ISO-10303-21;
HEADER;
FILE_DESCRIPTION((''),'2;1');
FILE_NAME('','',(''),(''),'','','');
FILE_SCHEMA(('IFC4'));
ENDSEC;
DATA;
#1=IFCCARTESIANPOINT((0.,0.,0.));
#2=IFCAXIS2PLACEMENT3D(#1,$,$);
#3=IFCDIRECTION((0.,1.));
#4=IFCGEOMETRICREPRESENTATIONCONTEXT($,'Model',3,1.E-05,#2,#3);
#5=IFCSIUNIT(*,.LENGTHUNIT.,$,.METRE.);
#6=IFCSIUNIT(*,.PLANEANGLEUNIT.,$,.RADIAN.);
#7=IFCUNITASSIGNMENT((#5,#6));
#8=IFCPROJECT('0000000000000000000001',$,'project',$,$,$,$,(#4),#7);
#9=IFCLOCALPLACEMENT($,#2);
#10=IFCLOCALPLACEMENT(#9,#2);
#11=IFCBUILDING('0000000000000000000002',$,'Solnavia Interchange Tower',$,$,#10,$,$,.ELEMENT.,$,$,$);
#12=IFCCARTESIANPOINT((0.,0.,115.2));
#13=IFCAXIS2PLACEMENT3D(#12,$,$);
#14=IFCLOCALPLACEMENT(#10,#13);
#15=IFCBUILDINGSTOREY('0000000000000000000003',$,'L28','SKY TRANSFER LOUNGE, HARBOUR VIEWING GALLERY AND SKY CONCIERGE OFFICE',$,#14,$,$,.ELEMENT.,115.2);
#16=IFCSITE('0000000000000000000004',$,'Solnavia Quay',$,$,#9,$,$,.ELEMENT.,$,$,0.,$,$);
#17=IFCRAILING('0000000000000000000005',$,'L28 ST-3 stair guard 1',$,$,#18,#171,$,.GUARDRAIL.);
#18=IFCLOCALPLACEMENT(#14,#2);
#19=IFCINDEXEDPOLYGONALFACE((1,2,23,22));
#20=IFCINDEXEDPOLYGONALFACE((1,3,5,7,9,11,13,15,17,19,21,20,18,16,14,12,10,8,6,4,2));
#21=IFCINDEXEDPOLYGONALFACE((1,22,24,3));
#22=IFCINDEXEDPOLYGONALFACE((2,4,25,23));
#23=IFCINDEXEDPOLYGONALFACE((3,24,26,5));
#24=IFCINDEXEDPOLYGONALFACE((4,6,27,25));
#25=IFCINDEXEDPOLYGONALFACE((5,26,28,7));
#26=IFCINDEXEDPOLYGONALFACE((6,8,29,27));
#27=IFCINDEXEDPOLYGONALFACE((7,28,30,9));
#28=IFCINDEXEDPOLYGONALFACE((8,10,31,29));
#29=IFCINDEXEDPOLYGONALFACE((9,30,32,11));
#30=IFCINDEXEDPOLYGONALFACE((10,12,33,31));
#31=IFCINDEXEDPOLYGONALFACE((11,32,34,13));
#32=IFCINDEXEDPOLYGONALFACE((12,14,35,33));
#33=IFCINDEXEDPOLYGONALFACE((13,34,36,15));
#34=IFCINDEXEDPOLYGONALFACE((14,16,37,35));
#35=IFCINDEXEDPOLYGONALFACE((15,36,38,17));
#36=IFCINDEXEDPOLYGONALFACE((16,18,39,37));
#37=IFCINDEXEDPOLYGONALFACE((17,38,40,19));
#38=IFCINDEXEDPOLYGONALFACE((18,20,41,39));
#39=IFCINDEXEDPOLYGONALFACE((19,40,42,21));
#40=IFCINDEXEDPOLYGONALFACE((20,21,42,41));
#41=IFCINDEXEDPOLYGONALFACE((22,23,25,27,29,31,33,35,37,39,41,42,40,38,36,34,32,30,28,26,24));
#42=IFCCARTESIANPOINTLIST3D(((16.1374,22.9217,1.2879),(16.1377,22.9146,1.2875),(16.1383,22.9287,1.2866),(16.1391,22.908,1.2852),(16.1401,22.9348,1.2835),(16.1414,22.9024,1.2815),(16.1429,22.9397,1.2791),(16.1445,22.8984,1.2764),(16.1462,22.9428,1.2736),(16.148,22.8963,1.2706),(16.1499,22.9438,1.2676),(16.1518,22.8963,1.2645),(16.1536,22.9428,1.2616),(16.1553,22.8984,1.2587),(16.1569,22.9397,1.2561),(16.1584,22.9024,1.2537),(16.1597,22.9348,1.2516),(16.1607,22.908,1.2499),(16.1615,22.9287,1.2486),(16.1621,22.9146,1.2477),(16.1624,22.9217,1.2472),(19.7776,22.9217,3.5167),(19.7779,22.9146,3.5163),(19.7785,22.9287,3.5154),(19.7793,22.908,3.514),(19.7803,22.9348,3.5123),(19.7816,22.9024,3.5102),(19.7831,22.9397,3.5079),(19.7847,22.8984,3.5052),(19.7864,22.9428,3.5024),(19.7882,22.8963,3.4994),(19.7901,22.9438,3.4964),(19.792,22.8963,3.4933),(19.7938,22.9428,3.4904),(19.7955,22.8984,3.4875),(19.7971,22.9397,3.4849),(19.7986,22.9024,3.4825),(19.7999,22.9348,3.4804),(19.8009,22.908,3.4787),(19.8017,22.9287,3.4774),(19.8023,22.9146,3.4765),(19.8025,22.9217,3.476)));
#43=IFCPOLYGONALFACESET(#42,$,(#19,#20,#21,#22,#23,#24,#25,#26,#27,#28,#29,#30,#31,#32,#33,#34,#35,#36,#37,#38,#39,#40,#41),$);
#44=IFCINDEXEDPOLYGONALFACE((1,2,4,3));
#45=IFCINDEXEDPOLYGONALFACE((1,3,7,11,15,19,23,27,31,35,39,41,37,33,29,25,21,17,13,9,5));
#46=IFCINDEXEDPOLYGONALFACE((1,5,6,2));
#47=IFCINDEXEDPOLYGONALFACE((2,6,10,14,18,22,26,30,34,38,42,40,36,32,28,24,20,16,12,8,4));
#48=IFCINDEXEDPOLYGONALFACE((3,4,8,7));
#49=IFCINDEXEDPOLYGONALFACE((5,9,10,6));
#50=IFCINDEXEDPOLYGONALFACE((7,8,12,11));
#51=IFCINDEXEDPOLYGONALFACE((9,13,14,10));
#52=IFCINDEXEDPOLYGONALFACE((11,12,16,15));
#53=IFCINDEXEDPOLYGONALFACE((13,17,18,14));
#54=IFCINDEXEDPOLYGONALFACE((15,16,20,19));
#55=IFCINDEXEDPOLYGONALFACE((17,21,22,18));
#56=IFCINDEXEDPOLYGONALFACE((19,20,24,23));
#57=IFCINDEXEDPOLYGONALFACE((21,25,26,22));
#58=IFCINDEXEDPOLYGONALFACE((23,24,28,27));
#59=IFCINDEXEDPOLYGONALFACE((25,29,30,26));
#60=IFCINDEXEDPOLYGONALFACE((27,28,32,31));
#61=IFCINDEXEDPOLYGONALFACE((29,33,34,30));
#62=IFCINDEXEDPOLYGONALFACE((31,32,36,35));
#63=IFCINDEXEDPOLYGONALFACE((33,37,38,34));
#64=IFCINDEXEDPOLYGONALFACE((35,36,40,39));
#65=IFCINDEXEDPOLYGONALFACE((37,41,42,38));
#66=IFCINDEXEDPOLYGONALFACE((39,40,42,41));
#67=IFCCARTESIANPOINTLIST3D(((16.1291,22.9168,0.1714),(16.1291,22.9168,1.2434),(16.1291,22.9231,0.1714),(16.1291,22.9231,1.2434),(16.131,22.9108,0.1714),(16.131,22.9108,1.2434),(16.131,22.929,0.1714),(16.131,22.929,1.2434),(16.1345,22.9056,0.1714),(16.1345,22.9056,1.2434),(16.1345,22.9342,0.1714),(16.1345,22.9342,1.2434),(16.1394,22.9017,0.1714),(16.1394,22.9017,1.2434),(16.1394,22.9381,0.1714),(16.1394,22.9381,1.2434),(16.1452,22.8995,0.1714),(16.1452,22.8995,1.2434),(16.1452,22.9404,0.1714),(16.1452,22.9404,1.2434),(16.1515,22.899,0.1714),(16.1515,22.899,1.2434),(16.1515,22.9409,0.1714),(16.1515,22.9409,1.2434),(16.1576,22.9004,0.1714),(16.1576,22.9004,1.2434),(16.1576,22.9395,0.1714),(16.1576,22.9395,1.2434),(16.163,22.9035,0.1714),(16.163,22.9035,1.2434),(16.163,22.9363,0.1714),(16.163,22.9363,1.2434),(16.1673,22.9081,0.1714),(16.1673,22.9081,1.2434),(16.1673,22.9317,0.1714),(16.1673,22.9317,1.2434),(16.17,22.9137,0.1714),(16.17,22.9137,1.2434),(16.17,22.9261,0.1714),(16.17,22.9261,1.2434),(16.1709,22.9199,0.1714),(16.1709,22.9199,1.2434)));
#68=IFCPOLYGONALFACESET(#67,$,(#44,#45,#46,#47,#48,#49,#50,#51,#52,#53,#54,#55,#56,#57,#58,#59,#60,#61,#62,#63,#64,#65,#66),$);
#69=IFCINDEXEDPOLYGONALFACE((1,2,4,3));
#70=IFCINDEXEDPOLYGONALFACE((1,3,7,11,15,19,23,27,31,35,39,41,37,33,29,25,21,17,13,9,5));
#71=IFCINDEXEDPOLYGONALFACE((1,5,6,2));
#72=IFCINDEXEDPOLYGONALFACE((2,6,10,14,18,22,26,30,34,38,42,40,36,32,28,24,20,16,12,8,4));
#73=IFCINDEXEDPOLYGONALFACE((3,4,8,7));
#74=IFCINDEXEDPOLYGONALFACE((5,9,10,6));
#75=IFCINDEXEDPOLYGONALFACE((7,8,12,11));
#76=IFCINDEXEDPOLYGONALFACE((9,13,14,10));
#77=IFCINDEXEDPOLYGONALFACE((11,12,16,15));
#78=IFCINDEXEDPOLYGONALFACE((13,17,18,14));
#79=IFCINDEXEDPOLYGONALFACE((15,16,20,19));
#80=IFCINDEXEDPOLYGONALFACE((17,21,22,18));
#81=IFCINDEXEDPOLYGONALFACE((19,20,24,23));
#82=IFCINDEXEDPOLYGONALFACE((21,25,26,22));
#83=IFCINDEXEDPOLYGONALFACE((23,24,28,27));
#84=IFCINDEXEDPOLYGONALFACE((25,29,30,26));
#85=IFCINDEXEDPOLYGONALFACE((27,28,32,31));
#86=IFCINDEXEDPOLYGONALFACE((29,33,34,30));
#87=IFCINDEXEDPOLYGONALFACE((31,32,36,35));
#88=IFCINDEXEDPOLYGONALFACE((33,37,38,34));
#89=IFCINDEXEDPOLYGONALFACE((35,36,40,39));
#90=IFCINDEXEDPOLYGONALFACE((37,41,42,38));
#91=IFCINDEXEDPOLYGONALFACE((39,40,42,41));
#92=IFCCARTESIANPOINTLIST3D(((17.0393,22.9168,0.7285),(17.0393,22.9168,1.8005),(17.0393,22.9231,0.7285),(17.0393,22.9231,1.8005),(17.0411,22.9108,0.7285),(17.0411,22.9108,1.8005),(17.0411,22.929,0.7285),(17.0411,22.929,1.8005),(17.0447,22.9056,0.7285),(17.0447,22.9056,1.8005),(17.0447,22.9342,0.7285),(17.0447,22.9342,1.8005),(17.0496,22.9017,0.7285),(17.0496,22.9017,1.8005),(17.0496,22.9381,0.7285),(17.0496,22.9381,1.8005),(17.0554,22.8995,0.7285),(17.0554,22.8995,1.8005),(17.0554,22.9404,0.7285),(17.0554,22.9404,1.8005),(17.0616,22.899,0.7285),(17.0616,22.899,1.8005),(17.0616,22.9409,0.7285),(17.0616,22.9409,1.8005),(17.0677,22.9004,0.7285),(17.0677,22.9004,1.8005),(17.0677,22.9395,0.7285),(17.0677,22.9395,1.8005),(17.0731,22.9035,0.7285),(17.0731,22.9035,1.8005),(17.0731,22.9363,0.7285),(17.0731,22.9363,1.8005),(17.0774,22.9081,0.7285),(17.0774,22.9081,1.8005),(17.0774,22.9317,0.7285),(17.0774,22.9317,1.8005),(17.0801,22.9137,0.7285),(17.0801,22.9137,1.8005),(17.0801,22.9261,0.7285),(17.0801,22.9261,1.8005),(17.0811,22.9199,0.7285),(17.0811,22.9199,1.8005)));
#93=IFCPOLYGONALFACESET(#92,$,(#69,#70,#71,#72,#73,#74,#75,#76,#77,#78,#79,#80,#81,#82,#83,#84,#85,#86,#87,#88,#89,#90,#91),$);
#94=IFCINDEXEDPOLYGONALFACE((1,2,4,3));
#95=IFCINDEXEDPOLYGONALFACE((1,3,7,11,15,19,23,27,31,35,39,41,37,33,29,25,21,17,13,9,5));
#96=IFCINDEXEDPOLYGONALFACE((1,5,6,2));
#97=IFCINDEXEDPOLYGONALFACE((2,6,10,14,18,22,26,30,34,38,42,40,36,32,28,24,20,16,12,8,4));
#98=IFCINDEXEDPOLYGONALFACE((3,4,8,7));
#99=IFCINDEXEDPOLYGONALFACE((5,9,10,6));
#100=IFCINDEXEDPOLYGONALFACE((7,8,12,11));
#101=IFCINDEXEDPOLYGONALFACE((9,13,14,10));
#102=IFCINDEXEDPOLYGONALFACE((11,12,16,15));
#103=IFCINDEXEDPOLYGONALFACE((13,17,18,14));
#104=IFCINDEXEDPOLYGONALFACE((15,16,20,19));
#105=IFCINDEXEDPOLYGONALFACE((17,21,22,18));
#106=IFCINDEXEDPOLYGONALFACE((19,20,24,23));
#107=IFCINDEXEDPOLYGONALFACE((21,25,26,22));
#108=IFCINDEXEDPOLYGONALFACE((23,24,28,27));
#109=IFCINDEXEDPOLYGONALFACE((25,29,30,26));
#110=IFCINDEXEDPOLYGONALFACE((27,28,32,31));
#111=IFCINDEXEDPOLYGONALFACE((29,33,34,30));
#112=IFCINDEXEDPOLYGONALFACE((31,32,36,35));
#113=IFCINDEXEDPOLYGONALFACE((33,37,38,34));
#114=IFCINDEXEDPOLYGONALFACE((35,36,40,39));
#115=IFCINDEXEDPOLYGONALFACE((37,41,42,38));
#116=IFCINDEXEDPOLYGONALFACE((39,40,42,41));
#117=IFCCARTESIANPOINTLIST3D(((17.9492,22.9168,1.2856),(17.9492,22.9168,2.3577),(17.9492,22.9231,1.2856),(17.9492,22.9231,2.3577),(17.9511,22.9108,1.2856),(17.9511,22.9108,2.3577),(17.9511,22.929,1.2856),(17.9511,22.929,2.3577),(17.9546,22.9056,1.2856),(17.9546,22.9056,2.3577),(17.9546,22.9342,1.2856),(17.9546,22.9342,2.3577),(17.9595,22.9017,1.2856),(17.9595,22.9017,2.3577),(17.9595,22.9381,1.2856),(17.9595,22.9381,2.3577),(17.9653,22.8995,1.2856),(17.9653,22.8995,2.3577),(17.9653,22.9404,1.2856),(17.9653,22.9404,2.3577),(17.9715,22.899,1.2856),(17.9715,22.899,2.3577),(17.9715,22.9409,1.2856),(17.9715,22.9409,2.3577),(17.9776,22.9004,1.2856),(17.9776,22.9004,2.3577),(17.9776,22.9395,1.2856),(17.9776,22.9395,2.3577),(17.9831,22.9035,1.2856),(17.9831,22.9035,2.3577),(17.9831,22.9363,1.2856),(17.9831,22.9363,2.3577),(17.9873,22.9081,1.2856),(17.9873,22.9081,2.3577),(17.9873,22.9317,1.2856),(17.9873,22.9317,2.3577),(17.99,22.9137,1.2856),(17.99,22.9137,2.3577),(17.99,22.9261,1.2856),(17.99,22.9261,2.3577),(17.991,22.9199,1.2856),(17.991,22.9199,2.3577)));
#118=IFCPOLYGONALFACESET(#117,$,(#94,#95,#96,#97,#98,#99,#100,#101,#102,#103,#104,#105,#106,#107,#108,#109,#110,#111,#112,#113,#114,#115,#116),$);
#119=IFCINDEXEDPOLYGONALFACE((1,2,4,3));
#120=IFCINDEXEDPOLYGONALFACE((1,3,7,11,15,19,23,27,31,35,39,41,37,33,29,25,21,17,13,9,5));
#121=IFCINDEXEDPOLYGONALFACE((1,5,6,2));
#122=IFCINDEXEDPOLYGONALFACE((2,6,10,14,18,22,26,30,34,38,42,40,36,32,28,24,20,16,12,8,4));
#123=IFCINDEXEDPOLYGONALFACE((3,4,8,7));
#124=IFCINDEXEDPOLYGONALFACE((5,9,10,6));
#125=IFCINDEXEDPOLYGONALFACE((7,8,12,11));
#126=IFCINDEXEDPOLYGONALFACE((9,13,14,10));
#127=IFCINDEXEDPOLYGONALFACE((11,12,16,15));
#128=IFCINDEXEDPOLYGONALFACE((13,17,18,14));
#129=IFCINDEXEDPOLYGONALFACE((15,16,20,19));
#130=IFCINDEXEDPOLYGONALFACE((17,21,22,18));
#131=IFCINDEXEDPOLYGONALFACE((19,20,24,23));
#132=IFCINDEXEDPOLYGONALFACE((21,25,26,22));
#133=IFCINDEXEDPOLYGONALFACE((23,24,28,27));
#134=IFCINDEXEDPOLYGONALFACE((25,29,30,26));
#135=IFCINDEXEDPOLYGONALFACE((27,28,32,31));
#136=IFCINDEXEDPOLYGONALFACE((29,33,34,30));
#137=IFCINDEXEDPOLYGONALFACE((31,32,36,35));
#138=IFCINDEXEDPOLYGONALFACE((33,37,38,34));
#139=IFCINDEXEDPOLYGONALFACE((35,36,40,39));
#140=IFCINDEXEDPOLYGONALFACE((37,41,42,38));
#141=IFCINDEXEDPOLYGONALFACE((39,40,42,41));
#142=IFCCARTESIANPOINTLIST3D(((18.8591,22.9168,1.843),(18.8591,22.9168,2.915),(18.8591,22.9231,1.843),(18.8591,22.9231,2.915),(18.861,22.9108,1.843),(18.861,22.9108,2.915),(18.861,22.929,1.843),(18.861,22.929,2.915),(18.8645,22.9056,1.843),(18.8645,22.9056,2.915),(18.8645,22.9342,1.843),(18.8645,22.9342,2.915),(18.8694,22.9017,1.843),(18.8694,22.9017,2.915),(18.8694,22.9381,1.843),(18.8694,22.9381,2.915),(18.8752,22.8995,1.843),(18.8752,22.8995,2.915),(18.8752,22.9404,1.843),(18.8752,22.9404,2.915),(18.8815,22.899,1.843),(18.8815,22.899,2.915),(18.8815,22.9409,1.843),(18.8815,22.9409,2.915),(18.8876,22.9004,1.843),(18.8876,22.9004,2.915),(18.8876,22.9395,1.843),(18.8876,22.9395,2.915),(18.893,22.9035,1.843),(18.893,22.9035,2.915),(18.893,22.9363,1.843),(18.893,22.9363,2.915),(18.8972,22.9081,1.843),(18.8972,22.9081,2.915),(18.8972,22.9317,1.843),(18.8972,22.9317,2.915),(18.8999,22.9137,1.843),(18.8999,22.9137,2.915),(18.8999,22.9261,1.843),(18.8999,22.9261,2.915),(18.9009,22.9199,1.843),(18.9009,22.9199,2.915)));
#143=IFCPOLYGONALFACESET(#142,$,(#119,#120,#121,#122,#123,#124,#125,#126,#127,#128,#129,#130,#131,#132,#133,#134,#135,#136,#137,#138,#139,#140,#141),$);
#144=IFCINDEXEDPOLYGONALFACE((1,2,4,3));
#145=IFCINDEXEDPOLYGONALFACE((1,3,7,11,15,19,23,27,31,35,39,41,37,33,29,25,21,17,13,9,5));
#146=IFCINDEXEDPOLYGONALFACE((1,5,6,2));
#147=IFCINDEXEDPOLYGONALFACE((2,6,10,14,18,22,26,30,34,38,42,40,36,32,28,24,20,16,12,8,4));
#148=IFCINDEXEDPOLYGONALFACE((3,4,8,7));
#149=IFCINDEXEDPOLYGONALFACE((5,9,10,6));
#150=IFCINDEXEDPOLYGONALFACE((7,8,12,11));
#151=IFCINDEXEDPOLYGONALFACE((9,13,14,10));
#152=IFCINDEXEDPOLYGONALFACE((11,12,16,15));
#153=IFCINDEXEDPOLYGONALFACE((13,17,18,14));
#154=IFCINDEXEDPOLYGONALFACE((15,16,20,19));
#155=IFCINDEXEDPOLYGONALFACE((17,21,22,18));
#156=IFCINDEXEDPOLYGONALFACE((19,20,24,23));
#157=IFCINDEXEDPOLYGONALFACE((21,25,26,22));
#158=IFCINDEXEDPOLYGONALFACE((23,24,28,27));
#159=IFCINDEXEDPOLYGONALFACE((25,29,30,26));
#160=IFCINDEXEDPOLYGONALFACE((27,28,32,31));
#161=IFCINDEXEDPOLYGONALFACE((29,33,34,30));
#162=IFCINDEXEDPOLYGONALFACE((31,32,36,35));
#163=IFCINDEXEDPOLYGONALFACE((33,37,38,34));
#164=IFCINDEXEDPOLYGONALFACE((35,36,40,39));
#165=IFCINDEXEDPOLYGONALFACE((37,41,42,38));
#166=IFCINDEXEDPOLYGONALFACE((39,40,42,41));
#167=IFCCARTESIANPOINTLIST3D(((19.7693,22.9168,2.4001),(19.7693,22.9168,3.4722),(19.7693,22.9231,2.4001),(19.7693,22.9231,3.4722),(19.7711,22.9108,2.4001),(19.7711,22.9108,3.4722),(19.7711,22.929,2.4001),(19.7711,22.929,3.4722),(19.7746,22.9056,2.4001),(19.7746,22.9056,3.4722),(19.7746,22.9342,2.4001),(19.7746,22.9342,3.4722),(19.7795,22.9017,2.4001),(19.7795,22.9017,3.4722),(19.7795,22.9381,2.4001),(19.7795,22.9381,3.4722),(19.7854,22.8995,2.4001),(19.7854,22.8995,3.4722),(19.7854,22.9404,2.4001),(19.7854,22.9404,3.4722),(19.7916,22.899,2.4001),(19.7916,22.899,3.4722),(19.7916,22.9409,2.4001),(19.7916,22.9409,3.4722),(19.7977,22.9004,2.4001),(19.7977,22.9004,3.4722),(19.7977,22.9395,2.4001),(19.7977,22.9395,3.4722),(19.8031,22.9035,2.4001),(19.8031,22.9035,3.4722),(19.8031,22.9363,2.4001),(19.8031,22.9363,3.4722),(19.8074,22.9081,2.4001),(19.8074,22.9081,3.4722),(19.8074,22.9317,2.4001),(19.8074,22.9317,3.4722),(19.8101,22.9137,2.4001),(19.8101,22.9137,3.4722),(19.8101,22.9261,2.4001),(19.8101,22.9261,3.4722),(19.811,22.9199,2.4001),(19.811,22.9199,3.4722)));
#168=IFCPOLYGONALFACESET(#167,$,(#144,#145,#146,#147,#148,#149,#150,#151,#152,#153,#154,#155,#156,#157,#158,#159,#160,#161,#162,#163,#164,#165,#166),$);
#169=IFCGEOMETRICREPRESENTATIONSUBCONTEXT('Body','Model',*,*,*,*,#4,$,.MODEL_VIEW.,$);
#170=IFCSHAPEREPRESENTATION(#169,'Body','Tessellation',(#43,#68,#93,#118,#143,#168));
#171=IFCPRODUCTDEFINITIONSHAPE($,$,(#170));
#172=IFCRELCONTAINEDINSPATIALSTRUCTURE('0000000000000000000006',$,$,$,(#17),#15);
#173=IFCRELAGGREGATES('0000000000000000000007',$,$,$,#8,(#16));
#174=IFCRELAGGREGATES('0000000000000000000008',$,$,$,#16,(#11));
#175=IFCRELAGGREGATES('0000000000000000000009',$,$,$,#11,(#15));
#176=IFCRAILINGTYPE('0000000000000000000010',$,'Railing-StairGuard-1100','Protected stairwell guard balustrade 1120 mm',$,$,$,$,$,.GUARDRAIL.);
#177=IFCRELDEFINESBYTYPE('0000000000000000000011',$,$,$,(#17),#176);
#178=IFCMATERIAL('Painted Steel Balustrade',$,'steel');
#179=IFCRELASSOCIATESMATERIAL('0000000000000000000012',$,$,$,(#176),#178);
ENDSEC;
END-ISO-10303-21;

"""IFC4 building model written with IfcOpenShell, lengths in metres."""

from ifc_helpers import new_model, si_unit, direction, frame, origin, origin_2d, place, context, subcontext, project, spatial, circle, extrude, material, type_object, element, save


model = new_model("IFC4")

# Units and contexts
model_context = context("Model", 3, precision=1e-05, world=origin(), true_north=direction((0.0, 1.0)))
body_context = subcontext(model_context, "Body", "Model", "MODEL_VIEW")
ifc_project = project(units=[si_unit("LENGTHUNIT", "METRE"), si_unit("PLANEANGLEUNIT", "RADIAN")], contexts=[model_context])

# Site, building, storey
site_placement = place(None, origin())
site = spatial("IfcSite", under=ifc_project, at=site_placement, Name="Solnavia Quay", CompositionType="ELEMENT", RefElevation=0.0)
building_placement = place(site_placement, origin())
building = spatial("IfcBuilding", under=site, at=building_placement, Name="Solnavia Interchange Tower", CompositionType="ELEMENT")
storey_placement = place(building_placement, frame((0.0, 0.0, 115.2)))
storey = spatial("IfcBuildingStorey", under=building, at=storey_placement, Name="L28", Description="SKY TRANSFER LOUNGE, HARBOUR VIEWING GALLERY AND SKY CONCIERGE OFFICE", CompositionType="ELEMENT", Elevation=115.2)

# Railing
ifc_material_1 = material(Name="Painted Steel Balustrade", Category="steel")
railing_type_1 = type_object("IfcRailingType", Name="Railing-StairGuard-1100", Description="Protected stairwell guard balustrade 1120 mm", PredefinedType="GUARDRAIL", material=ifc_material_1)
railing_1_placement = place(storey_placement, frame((16.1499, 22.9199, 0.1714)))
element("IfcRailing", 1, at=railing_1_placement, inside=storey, type_object=railing_type_1, Name="L28 ST-3 stair guard 1", PredefinedType="GUARDRAIL", context=body_context, shape_type="SweptSolid", body=[
    extrude(circle(Radius=0.0239, at=origin_2d()), frame((0.0, 0.0, 1.0962), z_axis=(0.85284, 0.0, 0.522172), x_axis=(0.0, 1.0, 0.0)), (0.0, 0.0, 1.0), 4.2683),
    extrude(circle(Radius=0.021, at=origin_2d()), origin(), (0.0, 0.0, 1.0), 1.072),
    extrude(circle(Radius=0.021, at=origin_2d()), frame((0.9102, 0.0, 0.5571)), (0.0, 0.0, 1.0), 1.072),
    extrude(circle(Radius=0.021, at=origin_2d()), frame((1.8201, 0.0, 1.1143)), (0.0, 0.0, 1.0), 1.072),
    extrude(circle(Radius=0.021, at=origin_2d()), frame((2.73, 0.0, 1.6716)), (0.0, 0.0, 1.0), 1.072),
    extrude(circle(Radius=0.021, at=origin_2d()), frame((3.6401, 0.0, 2.2288)), (0.0, 0.0, 1.0), 1.072),
])

save(model, "model.ifc")
